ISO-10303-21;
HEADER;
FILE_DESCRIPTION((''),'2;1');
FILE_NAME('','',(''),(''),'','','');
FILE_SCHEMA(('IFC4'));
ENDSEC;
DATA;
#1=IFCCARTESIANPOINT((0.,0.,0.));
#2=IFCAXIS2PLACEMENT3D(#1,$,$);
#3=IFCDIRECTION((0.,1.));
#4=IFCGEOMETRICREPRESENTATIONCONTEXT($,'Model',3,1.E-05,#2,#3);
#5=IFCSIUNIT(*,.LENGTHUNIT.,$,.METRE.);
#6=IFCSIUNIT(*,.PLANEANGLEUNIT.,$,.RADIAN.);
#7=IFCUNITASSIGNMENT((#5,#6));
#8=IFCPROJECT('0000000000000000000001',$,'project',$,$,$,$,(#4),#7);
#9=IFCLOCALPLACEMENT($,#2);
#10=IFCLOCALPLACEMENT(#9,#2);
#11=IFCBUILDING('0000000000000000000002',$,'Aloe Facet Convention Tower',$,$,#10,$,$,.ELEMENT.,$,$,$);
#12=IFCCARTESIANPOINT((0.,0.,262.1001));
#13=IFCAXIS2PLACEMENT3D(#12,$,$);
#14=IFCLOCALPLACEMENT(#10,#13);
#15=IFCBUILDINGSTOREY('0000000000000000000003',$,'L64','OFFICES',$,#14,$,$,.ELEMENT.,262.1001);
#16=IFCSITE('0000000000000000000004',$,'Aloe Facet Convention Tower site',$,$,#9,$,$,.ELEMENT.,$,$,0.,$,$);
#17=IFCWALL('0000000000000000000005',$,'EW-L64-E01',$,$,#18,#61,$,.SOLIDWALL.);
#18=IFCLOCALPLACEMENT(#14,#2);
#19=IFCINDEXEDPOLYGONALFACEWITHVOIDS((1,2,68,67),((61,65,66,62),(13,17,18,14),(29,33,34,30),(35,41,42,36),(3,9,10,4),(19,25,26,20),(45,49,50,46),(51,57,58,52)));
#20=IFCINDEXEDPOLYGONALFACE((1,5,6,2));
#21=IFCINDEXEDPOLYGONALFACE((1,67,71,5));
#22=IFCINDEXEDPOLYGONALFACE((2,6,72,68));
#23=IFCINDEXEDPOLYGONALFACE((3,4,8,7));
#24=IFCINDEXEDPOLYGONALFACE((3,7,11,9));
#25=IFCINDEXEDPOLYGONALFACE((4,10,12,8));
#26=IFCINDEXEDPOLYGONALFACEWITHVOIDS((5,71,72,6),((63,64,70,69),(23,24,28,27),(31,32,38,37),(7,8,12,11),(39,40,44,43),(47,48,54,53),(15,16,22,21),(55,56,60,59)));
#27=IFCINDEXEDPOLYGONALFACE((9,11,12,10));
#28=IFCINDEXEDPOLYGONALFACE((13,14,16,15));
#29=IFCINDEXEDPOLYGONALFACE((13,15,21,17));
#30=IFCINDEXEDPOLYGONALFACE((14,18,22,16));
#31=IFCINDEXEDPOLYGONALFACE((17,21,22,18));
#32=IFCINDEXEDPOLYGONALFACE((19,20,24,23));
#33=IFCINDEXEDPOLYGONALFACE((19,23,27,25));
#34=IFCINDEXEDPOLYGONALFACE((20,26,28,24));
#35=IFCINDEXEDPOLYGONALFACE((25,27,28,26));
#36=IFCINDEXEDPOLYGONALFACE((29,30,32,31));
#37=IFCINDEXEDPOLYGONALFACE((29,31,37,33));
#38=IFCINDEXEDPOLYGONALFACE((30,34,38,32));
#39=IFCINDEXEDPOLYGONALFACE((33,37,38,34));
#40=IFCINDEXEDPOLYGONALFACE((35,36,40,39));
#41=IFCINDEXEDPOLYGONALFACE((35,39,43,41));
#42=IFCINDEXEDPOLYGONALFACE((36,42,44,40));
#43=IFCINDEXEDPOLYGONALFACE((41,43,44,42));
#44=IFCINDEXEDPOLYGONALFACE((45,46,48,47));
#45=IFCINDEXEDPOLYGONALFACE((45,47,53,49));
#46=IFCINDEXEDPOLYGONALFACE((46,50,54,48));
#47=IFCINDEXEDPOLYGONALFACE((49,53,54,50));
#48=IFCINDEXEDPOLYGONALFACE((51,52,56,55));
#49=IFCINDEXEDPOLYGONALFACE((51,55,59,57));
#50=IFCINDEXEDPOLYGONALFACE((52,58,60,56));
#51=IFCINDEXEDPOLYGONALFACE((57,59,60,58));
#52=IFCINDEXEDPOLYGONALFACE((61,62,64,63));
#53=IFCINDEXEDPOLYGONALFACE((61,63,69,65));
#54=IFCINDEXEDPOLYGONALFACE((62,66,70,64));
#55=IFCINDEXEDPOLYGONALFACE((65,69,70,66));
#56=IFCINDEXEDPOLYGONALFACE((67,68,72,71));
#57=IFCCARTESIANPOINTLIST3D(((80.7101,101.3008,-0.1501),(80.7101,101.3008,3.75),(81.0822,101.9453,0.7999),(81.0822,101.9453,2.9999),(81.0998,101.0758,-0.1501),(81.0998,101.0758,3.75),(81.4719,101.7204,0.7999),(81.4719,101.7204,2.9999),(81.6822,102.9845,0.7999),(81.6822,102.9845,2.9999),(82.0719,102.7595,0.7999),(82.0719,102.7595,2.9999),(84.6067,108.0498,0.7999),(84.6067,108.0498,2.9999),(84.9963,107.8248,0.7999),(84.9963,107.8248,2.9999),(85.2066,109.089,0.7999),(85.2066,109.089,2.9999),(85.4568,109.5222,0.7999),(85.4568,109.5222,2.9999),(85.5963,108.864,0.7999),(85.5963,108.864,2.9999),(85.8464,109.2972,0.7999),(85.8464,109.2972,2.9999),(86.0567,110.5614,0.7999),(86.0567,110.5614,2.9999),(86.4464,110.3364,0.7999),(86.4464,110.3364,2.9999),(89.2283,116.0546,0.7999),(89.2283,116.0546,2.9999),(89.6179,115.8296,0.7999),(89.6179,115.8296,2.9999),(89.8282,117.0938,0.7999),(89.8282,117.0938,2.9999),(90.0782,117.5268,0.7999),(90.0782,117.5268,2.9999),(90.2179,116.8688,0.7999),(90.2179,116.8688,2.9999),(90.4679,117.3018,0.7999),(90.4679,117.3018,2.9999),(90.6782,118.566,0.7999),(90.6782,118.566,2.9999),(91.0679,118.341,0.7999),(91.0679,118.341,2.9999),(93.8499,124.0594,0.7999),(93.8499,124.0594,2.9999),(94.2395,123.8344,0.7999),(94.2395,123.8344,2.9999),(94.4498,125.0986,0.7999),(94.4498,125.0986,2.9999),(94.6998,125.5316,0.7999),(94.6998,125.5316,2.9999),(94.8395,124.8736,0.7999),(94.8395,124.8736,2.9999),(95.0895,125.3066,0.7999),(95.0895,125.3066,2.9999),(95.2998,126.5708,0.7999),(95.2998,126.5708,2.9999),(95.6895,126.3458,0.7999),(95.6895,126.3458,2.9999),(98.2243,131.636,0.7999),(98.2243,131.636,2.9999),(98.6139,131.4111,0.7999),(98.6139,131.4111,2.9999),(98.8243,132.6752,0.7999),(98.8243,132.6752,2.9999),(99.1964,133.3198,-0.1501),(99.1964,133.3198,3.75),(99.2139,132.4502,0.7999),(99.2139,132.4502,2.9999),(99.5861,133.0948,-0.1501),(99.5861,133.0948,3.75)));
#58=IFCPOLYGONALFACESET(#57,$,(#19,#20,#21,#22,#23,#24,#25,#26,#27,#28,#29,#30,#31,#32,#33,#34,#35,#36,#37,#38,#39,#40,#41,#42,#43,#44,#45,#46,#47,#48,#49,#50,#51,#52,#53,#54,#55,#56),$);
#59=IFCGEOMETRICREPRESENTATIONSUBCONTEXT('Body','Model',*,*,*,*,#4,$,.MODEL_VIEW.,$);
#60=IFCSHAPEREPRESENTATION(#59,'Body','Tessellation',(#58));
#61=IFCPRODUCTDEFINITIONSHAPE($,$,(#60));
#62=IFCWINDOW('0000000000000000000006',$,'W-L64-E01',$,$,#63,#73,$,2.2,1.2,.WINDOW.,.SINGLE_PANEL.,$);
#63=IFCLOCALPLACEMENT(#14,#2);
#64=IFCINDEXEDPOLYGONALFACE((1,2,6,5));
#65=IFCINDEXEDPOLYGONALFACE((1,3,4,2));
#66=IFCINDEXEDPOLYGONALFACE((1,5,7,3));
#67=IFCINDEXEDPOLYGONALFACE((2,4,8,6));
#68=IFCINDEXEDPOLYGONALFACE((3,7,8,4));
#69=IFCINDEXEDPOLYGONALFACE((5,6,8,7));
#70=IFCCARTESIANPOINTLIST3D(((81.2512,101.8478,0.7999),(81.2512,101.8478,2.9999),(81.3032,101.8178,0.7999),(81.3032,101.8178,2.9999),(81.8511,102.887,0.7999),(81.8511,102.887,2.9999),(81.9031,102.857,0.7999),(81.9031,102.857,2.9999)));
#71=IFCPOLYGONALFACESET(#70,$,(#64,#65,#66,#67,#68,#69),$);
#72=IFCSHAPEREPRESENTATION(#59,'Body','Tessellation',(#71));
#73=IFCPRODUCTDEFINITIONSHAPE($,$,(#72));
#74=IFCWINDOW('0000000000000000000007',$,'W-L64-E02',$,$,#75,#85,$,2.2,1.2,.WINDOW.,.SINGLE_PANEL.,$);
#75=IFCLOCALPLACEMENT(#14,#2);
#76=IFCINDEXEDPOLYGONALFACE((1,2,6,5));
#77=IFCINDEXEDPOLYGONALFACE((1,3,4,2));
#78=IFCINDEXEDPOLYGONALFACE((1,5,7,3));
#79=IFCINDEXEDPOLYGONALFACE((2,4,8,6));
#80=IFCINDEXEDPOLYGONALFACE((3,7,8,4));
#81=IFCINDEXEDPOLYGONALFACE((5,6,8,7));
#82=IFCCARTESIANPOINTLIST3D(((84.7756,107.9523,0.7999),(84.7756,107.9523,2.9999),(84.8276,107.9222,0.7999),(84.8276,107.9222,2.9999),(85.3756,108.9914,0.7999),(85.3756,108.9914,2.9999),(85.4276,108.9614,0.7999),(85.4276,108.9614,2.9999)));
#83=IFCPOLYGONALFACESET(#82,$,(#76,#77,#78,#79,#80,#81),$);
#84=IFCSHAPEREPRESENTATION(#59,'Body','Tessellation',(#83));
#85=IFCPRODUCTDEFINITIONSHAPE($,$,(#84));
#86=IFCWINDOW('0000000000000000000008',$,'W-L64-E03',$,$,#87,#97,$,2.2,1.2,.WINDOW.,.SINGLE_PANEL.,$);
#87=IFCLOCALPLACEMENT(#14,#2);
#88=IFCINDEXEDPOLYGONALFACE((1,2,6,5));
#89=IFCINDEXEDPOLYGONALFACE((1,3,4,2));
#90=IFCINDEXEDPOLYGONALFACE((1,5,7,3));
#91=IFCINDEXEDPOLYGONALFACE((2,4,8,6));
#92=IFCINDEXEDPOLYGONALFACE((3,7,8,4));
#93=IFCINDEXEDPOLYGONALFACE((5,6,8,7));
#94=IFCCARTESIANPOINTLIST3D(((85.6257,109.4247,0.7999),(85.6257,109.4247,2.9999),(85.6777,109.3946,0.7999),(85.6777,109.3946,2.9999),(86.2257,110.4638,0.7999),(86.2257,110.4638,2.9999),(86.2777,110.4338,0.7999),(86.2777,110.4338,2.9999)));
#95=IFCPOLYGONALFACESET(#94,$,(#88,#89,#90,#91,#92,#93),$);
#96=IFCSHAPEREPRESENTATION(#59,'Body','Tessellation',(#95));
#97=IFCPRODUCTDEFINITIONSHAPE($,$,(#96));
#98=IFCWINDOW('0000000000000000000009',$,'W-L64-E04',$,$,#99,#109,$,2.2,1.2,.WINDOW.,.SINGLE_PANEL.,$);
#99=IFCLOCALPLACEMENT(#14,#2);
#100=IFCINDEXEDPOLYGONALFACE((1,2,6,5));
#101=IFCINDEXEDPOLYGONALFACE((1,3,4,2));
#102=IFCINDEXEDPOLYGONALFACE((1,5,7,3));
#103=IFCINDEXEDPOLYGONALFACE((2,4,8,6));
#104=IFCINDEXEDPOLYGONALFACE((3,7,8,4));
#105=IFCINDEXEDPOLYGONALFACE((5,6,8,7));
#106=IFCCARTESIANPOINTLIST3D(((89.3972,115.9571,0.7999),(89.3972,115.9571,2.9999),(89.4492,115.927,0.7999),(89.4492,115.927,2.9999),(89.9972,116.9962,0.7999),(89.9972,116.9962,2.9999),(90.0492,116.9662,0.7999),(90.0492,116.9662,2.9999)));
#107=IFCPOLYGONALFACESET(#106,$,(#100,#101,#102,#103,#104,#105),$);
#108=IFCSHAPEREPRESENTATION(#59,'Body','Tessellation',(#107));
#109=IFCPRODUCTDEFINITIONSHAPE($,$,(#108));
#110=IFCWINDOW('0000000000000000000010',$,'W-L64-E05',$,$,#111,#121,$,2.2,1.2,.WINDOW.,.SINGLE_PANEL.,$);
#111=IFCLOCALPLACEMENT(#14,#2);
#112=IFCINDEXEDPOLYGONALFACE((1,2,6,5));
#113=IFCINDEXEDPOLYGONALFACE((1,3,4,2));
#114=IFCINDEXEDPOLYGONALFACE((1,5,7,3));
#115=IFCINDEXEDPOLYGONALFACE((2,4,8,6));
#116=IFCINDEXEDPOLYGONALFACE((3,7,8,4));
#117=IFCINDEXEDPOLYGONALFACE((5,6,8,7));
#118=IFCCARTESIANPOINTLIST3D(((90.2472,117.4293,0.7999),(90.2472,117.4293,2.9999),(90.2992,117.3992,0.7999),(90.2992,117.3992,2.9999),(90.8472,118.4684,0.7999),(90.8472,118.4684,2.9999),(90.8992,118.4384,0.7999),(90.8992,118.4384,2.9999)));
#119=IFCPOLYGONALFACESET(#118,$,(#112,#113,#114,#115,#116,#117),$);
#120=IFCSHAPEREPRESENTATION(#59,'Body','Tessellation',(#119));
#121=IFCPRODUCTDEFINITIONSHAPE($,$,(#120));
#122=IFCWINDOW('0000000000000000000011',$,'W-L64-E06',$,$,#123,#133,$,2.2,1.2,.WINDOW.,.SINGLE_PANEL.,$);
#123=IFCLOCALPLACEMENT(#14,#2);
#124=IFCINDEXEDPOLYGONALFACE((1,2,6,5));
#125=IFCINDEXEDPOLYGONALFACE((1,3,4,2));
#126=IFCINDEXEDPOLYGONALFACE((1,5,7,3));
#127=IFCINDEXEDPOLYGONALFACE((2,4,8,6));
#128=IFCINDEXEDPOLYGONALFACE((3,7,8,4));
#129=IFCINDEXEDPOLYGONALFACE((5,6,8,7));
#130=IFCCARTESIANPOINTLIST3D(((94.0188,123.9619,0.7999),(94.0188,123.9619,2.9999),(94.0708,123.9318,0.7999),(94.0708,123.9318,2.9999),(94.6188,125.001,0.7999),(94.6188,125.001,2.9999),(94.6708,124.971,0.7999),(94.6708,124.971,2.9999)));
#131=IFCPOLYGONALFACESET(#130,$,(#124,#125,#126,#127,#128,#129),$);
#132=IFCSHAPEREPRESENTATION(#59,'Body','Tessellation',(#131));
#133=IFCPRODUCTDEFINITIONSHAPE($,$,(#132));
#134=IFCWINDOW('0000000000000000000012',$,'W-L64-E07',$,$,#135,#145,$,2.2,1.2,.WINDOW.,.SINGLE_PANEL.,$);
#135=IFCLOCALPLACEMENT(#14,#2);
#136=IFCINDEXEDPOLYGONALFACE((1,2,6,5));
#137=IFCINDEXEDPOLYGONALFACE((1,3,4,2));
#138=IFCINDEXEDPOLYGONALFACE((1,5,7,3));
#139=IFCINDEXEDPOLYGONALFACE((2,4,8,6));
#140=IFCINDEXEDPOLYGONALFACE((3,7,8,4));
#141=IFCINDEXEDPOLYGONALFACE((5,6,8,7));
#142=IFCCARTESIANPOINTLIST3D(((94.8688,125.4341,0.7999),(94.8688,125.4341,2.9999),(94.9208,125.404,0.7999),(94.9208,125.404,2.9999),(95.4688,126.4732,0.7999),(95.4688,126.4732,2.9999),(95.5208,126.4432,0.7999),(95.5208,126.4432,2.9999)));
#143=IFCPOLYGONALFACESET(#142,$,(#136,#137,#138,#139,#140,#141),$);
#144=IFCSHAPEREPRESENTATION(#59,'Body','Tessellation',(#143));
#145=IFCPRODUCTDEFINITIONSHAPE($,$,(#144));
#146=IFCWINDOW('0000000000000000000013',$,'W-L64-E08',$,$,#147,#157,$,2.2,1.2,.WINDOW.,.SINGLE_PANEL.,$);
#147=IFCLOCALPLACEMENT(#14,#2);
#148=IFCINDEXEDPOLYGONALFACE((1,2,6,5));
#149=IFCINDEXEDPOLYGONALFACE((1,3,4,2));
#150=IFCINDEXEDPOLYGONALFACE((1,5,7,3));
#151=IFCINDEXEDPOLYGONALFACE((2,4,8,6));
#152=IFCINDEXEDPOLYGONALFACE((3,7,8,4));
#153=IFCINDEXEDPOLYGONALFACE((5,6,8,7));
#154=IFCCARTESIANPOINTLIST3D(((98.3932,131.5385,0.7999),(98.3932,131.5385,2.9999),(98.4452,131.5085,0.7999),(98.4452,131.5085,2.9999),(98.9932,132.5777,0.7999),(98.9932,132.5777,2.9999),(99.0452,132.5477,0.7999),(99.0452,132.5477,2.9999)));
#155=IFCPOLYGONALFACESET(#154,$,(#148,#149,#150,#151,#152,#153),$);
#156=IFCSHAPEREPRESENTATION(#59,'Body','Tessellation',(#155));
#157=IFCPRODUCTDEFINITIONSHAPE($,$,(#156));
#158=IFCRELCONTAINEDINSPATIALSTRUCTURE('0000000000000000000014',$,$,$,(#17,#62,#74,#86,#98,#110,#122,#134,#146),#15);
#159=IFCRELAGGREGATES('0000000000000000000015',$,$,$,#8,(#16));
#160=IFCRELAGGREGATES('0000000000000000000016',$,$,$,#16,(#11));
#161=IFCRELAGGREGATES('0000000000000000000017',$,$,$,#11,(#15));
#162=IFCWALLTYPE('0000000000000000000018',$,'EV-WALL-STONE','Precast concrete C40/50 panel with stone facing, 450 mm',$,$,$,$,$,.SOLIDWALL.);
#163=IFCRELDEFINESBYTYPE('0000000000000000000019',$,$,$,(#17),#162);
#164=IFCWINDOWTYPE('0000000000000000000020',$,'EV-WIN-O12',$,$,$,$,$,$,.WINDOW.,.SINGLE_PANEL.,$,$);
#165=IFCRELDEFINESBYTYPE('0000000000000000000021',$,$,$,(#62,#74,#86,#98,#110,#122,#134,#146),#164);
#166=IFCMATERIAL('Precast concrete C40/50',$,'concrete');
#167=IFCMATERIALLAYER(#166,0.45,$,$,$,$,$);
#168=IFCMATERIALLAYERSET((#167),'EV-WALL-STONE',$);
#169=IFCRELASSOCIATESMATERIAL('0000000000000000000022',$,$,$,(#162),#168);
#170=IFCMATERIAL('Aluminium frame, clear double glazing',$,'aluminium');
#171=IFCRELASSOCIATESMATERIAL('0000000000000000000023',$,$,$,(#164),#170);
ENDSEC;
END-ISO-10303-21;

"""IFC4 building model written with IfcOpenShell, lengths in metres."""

from ifc_helpers import new_model, si_unit, direction, frame, frame_2d, origin, place, context, subcontext, project, spatial, polyline, rectangle, outline, extrude, material, layer, layer_set, type_object, element, fill, save


model = new_model("IFC4")

# Units and contexts
model_context = context("Model", 3, precision=1e-05, world=origin(), true_north=direction((0.0, 1.0)))
body_context = subcontext(model_context, "Body", "Model", "MODEL_VIEW")
ifc_project = project(units=[si_unit("LENGTHUNIT", "METRE"), si_unit("PLANEANGLEUNIT", "RADIAN")], contexts=[model_context])

# Site, building, storey
site_placement = place(None, origin())
site = spatial("IfcSite", under=ifc_project, at=site_placement, Name="Aloe Facet Convention Tower site", CompositionType="ELEMENT", RefElevation=0.0)
building_placement = place(site_placement, origin())
building = spatial("IfcBuilding", under=site, at=building_placement, Name="Aloe Facet Convention Tower", CompositionType="ELEMENT")
storey_placement = place(building_placement, frame((0.0, 0.0, 262.1001)))
storey = spatial("IfcBuildingStorey", under=building, at=storey_placement, Name="L64", Description="OFFICES", CompositionType="ELEMENT", Elevation=262.1001)

# Wall, openings, windows
ifc_material_1 = material(Name="Precast concrete C40/50", Category="concrete")
ifc_layer_1 = layer(ifc_material_1, 0.45)
ifc_layer_set_1 = layer_set([ifc_layer_1], Name="EV-WALL-STONE")
wall_type_1 = type_object("IfcWallType", Name="EV-WALL-STONE", Description="Precast concrete C40/50 panel with stone facing, 450 mm", PredefinedType="SOLIDWALL", material=ifc_layer_set_1)
wall_1_placement = place(storey_placement, frame((80.905, 101.1882, -0.1501), z_axis=(0.0, 0.0, 1.0), x_axis=(0.500003, 0.866024, 0.0)))
wall_1 = element("IfcWall", 1, at=wall_1_placement, inside=storey, type_object=wall_type_1, Name="EW-L64-E01", PredefinedType="SOLIDWALL", context=body_context, shape_type="SweptSolid", body=[
    extrude(outline(polyline([(36.9724, 0.0), (36.9724, 3.9001), (0.0, 3.9001), (0.0, 0.0), (36.9724, 0.0)])), frame((0.0, 0.2251, 0.0), z_axis=(0.0, -1.0, 0.0), x_axis=(1.0, 0.0, 0.0)), (0.0, 0.0, 1.0), 0.45),
])
opening_1_placement = place(wall_1_placement, frame((0.7441, 0.0, 0.95)))
opening_1 = element("IfcOpeningElement", 2, at=opening_1_placement, cuts=wall_1, PredefinedType="OPENING", context=body_context, shape_type="SweptSolid", body=[
    extrude(rectangle(XDim=1.2, YDim=2.2, at=frame_2d((0.6001, 1.1001))), frame((0.0, 0.2349, 0.0), z_axis=(0.0, -1.0, 0.0), x_axis=(1.0, 0.0, 0.0)), (0.0, 0.0, 1.0), 0.47),
])
opening_2_placement = place(wall_1_placement, frame((7.793, 0.0, 0.95)))
opening_2 = element("IfcOpeningElement", 3, at=opening_2_placement, cuts=wall_1, PredefinedType="OPENING", context=body_context, shape_type="SweptSolid", body=[
    extrude(rectangle(XDim=1.2, YDim=2.2, at=frame_2d((0.6001, 1.1001))), frame((0.0, 0.2349, 0.0), z_axis=(0.0, -1.0, 0.0), x_axis=(1.0, 0.0, 0.0)), (0.0, 0.0, 1.0), 0.47),
])
opening_3_placement = place(wall_1_placement, frame((9.4932, 0.0, 0.95)))
opening_3 = element("IfcOpeningElement", 4, at=opening_3_placement, cuts=wall_1, PredefinedType="OPENING", context=body_context, shape_type="SweptSolid", body=[
    extrude(rectangle(XDim=1.2, YDim=2.2, at=frame_2d((0.6001, 1.1001))), frame((0.0, 0.2349, 0.0), z_axis=(0.0, -1.0, 0.0), x_axis=(1.0, 0.0, 0.0)), (0.0, 0.0, 1.0), 0.47),
])
opening_4_placement = place(wall_1_placement, frame((17.0361, 0.0, 0.95)))
opening_4 = element("IfcOpeningElement", 5, at=opening_4_placement, cuts=wall_1, PredefinedType="OPENING", context=body_context, shape_type="SweptSolid", body=[
    extrude(rectangle(XDim=1.2, YDim=2.2, at=frame_2d((0.6001, 1.1001))), frame((0.0, 0.2349, 0.0), z_axis=(0.0, -1.0, 0.0), x_axis=(1.0, 0.0, 0.0)), (0.0, 0.0, 1.0), 0.47),
])
opening_5_placement = place(wall_1_placement, frame((18.7361, 0.0, 0.95)))
opening_5 = element("IfcOpeningElement", 6, at=opening_5_placement, cuts=wall_1, PredefinedType="OPENING", context=body_context, shape_type="SweptSolid", body=[
    extrude(rectangle(XDim=1.2, YDim=2.2, at=frame_2d((0.6001, 1.1001))), frame((0.0, 0.2349, 0.0), z_axis=(0.0, -1.0, 0.0), x_axis=(1.0, 0.0, 0.0)), (0.0, 0.0, 1.0), 0.47),
])
opening_6_placement = place(wall_1_placement, frame((26.2793, 0.0, 0.95)))
opening_6 = element("IfcOpeningElement", 7, at=opening_6_placement, cuts=wall_1, PredefinedType="OPENING", context=body_context, shape_type="SweptSolid", body=[
    extrude(rectangle(XDim=1.2, YDim=2.2, at=frame_2d((0.6001, 1.1001))), frame((0.0, 0.2349, 0.0), z_axis=(0.0, -1.0, 0.0), x_axis=(1.0, 0.0, 0.0)), (0.0, 0.0, 1.0), 0.47),
])
opening_7_placement = place(wall_1_placement, frame((27.9792, 0.0, 0.95)))
opening_7 = element("IfcOpeningElement", 8, at=opening_7_placement, cuts=wall_1, PredefinedType="OPENING", context=body_context, shape_type="SweptSolid", body=[
    extrude(rectangle(XDim=1.2, YDim=2.2, at=frame_2d((0.6001, 1.1001))), frame((0.0, 0.2349, 0.0), z_axis=(0.0, -1.0, 0.0), x_axis=(1.0, 0.0, 0.0)), (0.0, 0.0, 1.0), 0.47),
])
opening_8_placement = place(wall_1_placement, frame((35.0281, 0.0, 0.95)))
opening_8 = element("IfcOpeningElement", 9, at=opening_8_placement, cuts=wall_1, PredefinedType="OPENING", context=body_context, shape_type="SweptSolid", body=[
    extrude(rectangle(XDim=1.2, YDim=2.2, at=frame_2d((0.6001, 1.1001))), frame((0.0, 0.2349, 0.0), z_axis=(0.0, -1.0, 0.0), x_axis=(1.0, 0.0, 0.0)), (0.0, 0.0, 1.0), 0.47),
])
ifc_material_2 = material(Name="Aluminium frame, clear double glazing", Category="aluminium")
window_type = type_object("IfcWindowType", Name="EV-WIN-O12", PartitioningType="SINGLE_PANEL", PredefinedType="WINDOW", material=ifc_material_2)
window_1_placement = place(opening_1_placement, origin())
window_1 = element("IfcWindow", 10, at=window_1_placement, inside=storey, type_object=window_type, Name="W-L64-E01", OverallHeight=2.2, OverallWidth=1.2, PartitioningType="SINGLE_PANEL", PredefinedType="WINDOW", context=body_context, shape_type="SweptSolid", body=[
    extrude(rectangle(XDim=1.2, YDim=2.2, at=frame_2d((0.6001, 1.1001))), frame((0.0, 0.03, 0.0), z_axis=(0.0, -1.0, 0.0), x_axis=(1.0, 0.0, 0.0)), (0.0, 0.0, 1.0), 0.0601),
])
fill(opening_1, window_1)
window_2_placement = place(opening_2_placement, origin())
window_2 = element("IfcWindow", 11, at=window_2_placement, inside=storey, type_object=window_type, Name="W-L64-E02", OverallHeight=2.2, OverallWidth=1.2, PartitioningType="SINGLE_PANEL", PredefinedType="WINDOW", context=body_context, shape_type="SweptSolid", body=[
    extrude(rectangle(XDim=1.2, YDim=2.2, at=frame_2d((0.6001, 1.1001))), frame((0.0, 0.03, 0.0), z_axis=(0.0, -1.0, 0.0), x_axis=(1.0, 0.0, 0.0)), (0.0, 0.0, 1.0), 0.0601),
])
fill(opening_2, window_2)
window_3_placement = place(opening_3_placement, origin())
window_3 = element("IfcWindow", 12, at=window_3_placement, inside=storey, type_object=window_type, Name="W-L64-E03", OverallHeight=2.2, OverallWidth=1.2, PartitioningType="SINGLE_PANEL", PredefinedType="WINDOW", context=body_context, shape_type="SweptSolid", body=[
    extrude(rectangle(XDim=1.2, YDim=2.2, at=frame_2d((0.6001, 1.1001))), frame((0.0, 0.03, 0.0), z_axis=(0.0, -1.0, 0.0), x_axis=(1.0, 0.0, 0.0)), (0.0, 0.0, 1.0), 0.0601),
])
fill(opening_3, window_3)
window_4_placement = place(opening_4_placement, origin())
window_4 = element("IfcWindow", 13, at=window_4_placement, inside=storey, type_object=window_type, Name="W-L64-E04", OverallHeight=2.2, OverallWidth=1.2, PartitioningType="SINGLE_PANEL", PredefinedType="WINDOW", context=body_context, shape_type="SweptSolid", body=[
    extrude(rectangle(XDim=1.2, YDim=2.2, at=frame_2d((0.6001, 1.1001))), frame((0.0, 0.03, 0.0), z_axis=(0.0, -1.0, 0.0), x_axis=(1.0, 0.0, 0.0)), (0.0, 0.0, 1.0), 0.0601),
])
fill(opening_4, window_4)
window_5_placement = place(opening_5_placement, origin())
window_5 = element("IfcWindow", 14, at=window_5_placement, inside=storey, type_object=window_type, Name="W-L64-E05", OverallHeight=2.2, OverallWidth=1.2, PartitioningType="SINGLE_PANEL", PredefinedType="WINDOW", context=body_context, shape_type="SweptSolid", body=[
    extrude(rectangle(XDim=1.2, YDim=2.2, at=frame_2d((0.6001, 1.1001))), frame((0.0, 0.03, 0.0), z_axis=(0.0, -1.0, 0.0), x_axis=(1.0, 0.0, 0.0)), (0.0, 0.0, 1.0), 0.0601),
])
fill(opening_5, window_5)
window_6_placement = place(opening_6_placement, origin())
window_6 = element("IfcWindow", 15, at=window_6_placement, inside=storey, type_object=window_type, Name="W-L64-E06", OverallHeight=2.2, OverallWidth=1.2, PartitioningType="SINGLE_PANEL", PredefinedType="WINDOW", context=body_context, shape_type="SweptSolid", body=[
    extrude(rectangle(XDim=1.2, YDim=2.2, at=frame_2d((0.6001, 1.1001))), frame((0.0, 0.03, 0.0), z_axis=(0.0, -1.0, 0.0), x_axis=(1.0, 0.0, 0.0)), (0.0, 0.0, 1.0), 0.0601),
])
fill(opening_6, window_6)
window_7_placement = place(opening_7_placement, origin())
window_7 = element("IfcWindow", 16, at=window_7_placement, inside=storey, type_object=window_type, Name="W-L64-E07", OverallHeight=2.2, OverallWidth=1.2, PartitioningType="SINGLE_PANEL", PredefinedType="WINDOW", context=body_context, shape_type="SweptSolid", body=[
    extrude(rectangle(XDim=1.2, YDim=2.2, at=frame_2d((0.6001, 1.1001))), frame((0.0, 0.03, 0.0), z_axis=(0.0, -1.0, 0.0), x_axis=(1.0, 0.0, 0.0)), (0.0, 0.0, 1.0), 0.0601),
])
fill(opening_7, window_7)
window_8_placement = place(opening_8_placement, origin())
window_8 = element("IfcWindow", 17, at=window_8_placement, inside=storey, type_object=window_type, Name="W-L64-E08", OverallHeight=2.2, OverallWidth=1.2, PartitioningType="SINGLE_PANEL", PredefinedType="WINDOW", context=body_context, shape_type="SweptSolid", body=[
    extrude(rectangle(XDim=1.2, YDim=2.2, at=frame_2d((0.6001, 1.1001))), frame((0.0, 0.03, 0.0), z_axis=(0.0, -1.0, 0.0), x_axis=(1.0, 0.0, 0.0)), (0.0, 0.0, 1.0), 0.0601),
])
fill(opening_8, window_8)

save(model, "model.ifc")
